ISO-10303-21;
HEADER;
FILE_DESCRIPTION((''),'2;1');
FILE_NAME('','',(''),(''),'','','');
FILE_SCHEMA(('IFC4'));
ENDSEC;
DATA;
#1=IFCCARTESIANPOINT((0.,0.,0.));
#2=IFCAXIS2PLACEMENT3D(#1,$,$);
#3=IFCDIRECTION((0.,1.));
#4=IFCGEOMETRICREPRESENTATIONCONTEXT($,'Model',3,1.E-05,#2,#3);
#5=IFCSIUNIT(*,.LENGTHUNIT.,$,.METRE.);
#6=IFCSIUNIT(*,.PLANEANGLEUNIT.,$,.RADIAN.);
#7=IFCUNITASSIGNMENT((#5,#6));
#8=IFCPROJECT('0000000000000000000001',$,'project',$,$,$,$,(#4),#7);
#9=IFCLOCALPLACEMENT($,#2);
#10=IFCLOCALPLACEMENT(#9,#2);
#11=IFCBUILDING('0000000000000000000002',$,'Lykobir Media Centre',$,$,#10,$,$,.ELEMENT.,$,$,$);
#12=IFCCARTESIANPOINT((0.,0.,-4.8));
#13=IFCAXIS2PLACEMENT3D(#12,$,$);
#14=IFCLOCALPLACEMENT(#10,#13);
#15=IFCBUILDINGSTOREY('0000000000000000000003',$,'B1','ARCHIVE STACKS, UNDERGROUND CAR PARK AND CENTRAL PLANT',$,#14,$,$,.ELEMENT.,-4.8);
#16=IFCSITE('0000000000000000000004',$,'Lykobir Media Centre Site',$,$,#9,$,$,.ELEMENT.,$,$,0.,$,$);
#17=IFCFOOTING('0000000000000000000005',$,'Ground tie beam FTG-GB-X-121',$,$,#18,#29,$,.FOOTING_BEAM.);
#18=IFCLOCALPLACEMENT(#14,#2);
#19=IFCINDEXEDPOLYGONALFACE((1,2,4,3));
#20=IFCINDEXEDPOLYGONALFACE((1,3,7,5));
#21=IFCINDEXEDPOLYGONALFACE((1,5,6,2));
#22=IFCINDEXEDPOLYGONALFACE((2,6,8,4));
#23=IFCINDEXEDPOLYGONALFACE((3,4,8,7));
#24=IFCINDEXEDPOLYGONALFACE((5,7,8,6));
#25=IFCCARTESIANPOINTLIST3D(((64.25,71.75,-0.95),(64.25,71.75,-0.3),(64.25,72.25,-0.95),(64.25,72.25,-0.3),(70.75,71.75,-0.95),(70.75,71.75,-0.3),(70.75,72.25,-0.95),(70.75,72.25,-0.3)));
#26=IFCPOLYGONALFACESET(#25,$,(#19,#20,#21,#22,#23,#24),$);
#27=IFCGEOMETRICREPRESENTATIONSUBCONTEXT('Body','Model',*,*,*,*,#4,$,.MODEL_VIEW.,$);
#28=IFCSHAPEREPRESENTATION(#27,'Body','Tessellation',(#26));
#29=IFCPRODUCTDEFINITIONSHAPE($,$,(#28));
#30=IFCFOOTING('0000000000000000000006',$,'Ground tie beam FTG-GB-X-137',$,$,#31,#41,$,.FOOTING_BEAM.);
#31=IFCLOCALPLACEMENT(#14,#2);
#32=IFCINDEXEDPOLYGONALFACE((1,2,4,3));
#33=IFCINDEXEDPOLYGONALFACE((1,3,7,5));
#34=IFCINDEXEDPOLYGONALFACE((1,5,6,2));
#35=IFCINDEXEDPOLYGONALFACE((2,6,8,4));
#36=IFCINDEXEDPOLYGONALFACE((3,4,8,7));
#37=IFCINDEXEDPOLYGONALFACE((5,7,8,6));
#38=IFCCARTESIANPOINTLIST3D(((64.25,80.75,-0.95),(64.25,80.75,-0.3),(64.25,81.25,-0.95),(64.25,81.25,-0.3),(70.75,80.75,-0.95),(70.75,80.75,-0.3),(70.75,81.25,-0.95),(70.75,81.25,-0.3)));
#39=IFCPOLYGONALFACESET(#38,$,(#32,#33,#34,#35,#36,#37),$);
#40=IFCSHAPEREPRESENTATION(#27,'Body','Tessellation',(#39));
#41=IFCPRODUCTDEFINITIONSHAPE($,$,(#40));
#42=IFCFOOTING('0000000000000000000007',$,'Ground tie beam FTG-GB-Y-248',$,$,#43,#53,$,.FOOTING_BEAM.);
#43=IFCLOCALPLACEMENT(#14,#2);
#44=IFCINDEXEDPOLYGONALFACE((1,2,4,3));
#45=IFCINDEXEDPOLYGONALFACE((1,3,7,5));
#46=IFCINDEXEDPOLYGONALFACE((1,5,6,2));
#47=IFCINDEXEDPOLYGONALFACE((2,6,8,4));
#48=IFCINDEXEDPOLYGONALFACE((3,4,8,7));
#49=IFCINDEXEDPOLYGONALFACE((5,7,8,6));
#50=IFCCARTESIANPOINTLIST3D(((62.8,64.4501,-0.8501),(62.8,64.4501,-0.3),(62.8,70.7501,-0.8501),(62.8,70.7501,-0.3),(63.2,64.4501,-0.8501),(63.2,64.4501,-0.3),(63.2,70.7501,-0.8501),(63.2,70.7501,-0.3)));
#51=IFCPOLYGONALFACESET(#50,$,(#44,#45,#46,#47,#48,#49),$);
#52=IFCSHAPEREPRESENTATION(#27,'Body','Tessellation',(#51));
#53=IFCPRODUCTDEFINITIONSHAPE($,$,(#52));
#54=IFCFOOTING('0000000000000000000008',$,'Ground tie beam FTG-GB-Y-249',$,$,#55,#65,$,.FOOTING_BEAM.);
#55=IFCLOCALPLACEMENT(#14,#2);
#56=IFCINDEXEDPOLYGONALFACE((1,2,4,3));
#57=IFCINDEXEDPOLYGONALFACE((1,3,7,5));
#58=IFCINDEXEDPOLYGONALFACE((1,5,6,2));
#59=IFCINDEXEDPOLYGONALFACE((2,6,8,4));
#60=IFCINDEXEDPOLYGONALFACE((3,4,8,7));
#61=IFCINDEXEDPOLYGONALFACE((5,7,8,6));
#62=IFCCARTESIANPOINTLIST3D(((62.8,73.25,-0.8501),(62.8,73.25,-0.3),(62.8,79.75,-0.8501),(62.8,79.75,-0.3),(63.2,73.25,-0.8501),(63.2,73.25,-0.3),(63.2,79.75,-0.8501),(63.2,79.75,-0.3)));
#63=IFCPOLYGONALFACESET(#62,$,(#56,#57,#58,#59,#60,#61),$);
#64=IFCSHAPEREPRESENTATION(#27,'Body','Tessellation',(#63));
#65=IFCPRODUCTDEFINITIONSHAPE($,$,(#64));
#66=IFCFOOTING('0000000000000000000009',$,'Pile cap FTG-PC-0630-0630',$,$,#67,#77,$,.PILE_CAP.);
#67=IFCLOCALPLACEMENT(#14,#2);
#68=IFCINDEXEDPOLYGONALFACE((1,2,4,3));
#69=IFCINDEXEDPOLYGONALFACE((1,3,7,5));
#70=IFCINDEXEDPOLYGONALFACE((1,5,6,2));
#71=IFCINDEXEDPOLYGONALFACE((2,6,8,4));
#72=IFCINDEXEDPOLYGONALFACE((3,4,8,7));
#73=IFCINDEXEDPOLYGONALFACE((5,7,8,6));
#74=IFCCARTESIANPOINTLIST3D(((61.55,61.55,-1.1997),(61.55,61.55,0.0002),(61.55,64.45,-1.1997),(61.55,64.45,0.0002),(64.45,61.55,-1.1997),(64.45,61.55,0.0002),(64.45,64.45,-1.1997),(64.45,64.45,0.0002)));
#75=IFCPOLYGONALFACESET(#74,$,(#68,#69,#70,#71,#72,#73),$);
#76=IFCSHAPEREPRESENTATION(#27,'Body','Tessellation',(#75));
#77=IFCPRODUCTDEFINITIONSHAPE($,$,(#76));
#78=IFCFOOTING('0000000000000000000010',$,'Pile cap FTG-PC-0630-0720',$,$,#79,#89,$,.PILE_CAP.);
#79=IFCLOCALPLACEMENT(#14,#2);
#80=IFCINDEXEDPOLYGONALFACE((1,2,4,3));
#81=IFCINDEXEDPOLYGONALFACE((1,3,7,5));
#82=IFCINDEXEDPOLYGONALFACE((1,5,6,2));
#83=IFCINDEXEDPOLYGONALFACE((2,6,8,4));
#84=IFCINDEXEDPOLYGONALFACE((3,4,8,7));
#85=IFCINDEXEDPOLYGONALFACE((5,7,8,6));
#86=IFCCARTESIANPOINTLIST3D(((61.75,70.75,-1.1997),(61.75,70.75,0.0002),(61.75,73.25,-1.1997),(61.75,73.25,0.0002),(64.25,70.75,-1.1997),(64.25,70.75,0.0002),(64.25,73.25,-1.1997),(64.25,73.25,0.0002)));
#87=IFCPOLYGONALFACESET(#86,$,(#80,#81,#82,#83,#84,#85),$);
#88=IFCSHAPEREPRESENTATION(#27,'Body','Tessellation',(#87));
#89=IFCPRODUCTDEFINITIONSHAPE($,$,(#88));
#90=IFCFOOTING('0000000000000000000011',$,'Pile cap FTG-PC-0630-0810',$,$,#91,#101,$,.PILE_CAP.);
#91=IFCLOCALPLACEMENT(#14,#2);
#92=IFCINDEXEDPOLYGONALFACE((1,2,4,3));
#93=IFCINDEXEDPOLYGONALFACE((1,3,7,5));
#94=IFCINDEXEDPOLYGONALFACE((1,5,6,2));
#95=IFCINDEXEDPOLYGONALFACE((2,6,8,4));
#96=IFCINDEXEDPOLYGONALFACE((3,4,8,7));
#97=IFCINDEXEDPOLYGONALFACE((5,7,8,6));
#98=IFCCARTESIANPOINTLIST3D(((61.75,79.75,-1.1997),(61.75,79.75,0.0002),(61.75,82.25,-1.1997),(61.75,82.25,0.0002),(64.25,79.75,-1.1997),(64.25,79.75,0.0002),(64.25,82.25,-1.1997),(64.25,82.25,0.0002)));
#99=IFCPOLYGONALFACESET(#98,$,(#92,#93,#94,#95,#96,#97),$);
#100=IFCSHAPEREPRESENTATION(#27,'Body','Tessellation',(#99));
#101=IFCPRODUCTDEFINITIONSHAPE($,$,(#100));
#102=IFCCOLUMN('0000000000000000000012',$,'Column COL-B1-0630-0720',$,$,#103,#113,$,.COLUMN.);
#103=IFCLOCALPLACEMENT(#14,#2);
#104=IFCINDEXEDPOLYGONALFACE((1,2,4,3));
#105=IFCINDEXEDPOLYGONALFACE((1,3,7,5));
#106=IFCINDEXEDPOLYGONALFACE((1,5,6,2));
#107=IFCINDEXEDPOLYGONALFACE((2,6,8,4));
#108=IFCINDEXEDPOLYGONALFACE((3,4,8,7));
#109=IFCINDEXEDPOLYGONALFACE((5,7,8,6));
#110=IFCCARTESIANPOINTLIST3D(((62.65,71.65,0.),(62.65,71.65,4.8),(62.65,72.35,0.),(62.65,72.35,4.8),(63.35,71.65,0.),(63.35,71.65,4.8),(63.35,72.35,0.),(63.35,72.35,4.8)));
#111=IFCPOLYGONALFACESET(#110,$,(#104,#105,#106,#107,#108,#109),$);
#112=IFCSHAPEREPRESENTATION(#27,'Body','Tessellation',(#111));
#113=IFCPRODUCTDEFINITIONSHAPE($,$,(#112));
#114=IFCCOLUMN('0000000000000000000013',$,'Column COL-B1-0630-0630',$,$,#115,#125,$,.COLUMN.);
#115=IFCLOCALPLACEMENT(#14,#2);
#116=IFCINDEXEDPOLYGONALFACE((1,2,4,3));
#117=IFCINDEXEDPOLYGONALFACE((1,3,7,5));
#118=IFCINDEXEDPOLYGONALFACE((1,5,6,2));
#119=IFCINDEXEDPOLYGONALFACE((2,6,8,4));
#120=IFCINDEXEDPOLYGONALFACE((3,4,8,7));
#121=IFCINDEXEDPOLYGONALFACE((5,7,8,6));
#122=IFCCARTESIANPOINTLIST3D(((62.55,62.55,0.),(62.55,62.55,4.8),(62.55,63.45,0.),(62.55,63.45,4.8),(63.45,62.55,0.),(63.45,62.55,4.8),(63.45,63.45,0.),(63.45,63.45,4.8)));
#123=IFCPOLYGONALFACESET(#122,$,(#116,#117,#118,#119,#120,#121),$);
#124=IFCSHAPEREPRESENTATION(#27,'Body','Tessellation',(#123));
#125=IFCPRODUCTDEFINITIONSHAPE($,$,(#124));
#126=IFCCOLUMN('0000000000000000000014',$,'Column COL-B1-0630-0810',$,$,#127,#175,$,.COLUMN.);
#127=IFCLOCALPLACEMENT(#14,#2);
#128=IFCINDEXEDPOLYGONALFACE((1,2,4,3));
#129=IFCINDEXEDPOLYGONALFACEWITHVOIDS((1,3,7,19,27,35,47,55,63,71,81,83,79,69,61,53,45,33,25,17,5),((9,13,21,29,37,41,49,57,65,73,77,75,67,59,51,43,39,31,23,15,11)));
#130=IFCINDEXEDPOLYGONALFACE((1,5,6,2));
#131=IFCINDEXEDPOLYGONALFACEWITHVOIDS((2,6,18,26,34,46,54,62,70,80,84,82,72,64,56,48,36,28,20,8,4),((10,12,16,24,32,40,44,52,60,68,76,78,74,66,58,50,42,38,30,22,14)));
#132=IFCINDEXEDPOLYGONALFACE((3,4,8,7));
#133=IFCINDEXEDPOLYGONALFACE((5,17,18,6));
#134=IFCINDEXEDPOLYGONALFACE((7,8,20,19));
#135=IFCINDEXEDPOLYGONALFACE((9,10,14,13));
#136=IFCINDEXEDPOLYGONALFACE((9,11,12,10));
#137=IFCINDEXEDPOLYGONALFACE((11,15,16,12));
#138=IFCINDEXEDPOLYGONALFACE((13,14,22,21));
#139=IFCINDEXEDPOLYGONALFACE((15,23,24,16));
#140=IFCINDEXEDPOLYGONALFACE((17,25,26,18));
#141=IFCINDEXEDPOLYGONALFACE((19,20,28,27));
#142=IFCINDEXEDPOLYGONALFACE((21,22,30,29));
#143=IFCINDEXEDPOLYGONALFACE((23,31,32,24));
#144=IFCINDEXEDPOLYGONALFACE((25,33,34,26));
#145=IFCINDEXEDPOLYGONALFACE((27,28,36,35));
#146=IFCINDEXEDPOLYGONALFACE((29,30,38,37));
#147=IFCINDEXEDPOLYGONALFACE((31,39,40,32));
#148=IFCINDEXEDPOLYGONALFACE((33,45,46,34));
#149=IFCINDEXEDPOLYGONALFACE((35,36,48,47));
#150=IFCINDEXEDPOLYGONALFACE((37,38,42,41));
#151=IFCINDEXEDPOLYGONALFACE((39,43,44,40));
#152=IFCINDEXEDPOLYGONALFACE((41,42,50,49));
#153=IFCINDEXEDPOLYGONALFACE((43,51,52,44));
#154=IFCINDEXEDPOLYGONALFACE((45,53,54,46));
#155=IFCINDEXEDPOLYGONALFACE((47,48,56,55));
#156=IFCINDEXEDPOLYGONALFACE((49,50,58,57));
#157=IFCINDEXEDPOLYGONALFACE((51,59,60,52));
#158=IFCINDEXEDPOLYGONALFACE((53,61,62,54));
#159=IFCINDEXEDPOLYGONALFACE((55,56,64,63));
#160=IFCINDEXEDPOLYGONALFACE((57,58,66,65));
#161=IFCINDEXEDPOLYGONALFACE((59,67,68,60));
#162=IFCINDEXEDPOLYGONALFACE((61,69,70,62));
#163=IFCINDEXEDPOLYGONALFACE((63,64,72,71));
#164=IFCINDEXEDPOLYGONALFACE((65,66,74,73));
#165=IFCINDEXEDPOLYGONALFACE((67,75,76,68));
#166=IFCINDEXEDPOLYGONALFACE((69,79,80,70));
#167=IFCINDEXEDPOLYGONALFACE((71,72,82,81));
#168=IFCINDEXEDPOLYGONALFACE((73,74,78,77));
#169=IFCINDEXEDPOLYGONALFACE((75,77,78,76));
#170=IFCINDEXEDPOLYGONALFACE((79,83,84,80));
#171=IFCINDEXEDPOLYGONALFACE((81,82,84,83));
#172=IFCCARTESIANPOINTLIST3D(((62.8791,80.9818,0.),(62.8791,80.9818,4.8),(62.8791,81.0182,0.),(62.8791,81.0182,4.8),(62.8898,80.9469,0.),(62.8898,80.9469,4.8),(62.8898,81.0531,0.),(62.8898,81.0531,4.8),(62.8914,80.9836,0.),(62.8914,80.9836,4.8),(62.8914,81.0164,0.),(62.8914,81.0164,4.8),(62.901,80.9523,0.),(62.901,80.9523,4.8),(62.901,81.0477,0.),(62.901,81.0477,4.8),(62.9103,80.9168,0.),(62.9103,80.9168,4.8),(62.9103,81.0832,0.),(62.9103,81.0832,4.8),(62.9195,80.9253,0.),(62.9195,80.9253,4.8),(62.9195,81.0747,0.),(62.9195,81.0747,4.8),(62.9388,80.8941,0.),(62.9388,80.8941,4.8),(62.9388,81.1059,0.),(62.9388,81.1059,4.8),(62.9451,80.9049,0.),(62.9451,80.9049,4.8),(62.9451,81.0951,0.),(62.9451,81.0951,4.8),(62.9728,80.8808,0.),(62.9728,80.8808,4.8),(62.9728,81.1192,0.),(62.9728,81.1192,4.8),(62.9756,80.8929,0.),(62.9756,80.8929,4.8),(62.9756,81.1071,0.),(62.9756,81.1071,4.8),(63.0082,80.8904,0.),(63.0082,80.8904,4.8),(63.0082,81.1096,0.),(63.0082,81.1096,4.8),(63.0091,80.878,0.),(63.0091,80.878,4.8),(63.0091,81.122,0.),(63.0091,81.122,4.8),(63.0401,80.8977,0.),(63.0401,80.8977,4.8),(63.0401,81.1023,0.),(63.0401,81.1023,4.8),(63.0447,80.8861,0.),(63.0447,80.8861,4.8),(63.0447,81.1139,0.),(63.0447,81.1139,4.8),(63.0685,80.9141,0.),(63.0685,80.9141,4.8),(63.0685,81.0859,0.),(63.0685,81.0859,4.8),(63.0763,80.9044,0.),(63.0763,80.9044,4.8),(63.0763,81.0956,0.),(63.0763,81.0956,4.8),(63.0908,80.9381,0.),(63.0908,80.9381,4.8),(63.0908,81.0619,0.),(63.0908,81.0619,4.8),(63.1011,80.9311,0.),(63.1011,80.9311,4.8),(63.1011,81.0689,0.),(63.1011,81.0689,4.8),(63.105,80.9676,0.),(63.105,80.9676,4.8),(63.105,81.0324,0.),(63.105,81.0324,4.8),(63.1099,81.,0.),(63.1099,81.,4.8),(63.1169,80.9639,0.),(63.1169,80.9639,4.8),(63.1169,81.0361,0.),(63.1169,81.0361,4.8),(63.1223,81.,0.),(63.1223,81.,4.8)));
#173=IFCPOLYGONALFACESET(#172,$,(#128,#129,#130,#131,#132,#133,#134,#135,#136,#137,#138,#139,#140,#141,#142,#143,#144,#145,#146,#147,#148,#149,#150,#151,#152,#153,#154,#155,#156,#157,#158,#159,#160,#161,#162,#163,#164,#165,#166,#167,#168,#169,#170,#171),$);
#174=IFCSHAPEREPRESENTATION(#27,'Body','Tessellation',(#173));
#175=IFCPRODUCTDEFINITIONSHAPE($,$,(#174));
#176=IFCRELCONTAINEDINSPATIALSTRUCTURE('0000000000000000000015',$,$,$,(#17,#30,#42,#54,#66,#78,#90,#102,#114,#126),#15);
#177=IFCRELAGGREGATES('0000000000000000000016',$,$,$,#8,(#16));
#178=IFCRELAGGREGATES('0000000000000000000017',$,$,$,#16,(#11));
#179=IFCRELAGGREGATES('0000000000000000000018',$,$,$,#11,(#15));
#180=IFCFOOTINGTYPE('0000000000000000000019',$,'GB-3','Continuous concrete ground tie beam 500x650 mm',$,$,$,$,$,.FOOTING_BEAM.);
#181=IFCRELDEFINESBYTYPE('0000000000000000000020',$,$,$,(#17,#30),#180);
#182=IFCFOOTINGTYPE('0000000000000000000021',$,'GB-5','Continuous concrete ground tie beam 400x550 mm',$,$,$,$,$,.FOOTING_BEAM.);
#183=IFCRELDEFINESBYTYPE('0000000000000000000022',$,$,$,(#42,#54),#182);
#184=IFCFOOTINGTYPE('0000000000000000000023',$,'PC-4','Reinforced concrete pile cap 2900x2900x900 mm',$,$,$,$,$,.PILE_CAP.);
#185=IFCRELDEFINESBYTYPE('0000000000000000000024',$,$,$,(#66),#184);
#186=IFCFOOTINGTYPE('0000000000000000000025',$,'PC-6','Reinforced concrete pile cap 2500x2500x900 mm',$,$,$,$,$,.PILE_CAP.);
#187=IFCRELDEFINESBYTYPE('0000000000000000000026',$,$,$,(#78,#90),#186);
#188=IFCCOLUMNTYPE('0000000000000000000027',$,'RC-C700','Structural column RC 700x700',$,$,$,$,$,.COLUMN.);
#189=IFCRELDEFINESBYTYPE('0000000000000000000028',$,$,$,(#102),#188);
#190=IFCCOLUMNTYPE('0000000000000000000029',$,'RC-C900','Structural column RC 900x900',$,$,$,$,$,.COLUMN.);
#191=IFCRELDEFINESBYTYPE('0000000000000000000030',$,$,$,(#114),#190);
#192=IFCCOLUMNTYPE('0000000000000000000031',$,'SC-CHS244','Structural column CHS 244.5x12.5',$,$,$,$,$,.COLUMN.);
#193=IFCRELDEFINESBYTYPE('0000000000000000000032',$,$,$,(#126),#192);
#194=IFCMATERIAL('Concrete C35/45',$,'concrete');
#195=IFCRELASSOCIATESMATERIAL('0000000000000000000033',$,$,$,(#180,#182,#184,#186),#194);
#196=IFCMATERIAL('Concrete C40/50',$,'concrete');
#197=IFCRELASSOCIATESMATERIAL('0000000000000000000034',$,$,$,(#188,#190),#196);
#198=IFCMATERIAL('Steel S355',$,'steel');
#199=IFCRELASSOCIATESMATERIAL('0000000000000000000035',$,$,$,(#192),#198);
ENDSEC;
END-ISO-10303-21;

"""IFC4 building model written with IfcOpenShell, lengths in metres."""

from ifc_helpers import new_model, si_unit, direction, frame, origin, origin_2d, place, context, subcontext, project, spatial, rectangle, hollow_circle, extrude, material, material_profile, profile_set, type_object, element, save


model = new_model("IFC4")

# Units and contexts
model_context = context("Model", 3, precision=1e-05, world=origin(), true_north=direction((0.0, 1.0)))
body_context = subcontext(model_context, "Body", "Model", "MODEL_VIEW")
ifc_project = project(units=[si_unit("LENGTHUNIT", "METRE"), si_unit("PLANEANGLEUNIT", "RADIAN")], contexts=[model_context])

# Site, building, storey
site_placement = place(None, origin())
site = spatial("IfcSite", under=ifc_project, at=site_placement, Name="Lykobir Media Centre Site", CompositionType="ELEMENT", RefElevation=0.0)
building_placement = place(site_placement, origin())
building = spatial("IfcBuilding", under=site, at=building_placement, Name="Lykobir Media Centre", CompositionType="ELEMENT")
storey_placement = place(building_placement, frame((0.0, 0.0, -4.8)))
storey = spatial("IfcBuildingStorey", under=building, at=storey_placement, Name="B1", Description="ARCHIVE STACKS, UNDERGROUND CAR PARK AND CENTRAL PLANT", CompositionType="ELEMENT", Elevation=-4.8)

# Footings
ifc_material_1 = material(Name="Concrete C35/45", Category="concrete")
footing_type_1 = type_object("IfcFootingType", Name="GB-3", Description="Continuous concrete ground tie beam 500x650 mm", PredefinedType="FOOTING_BEAM", material=ifc_material_1)
for number, where, z_axis, x_axis, name in (
    (1, (67.5, 72.0, -0.95), (0.0, 0.0, 1.0), (1.0, 0.0, 0.0), "Ground tie beam FTG-GB-X-121"),
    (2, (67.5, 81.0, -0.95), (0.0, 0.0, 1.0), (1.0, 0.0, 0.0), "Ground tie beam FTG-GB-X-137"),
):
    element("IfcFooting", number, at=place(storey_placement, frame(where, z_axis=z_axis, x_axis=x_axis)), inside=storey, type_object=footing_type_1, Name=name, PredefinedType="FOOTING_BEAM", context=body_context, shape_type="SweptSolid", body=[
        extrude(rectangle(XDim=6.5, YDim=0.5, at=origin_2d()), origin(), (0.0, 0.0, 1.0), 0.6499),
    ])
footing_type_2 = type_object("IfcFootingType", Name="GB-5", Description="Continuous concrete ground tie beam 400x550 mm", PredefinedType="FOOTING_BEAM", material=ifc_material_1)
footing_1_placement = place(storey_placement, frame((63.0, 67.6001, -0.8501), z_axis=(0.0, 0.0, 1.0), x_axis=(0.0, 1.0, 0.0)))
element("IfcFooting", 3, at=footing_1_placement, inside=storey, type_object=footing_type_2, Name="Ground tie beam FTG-GB-Y-248", PredefinedType="FOOTING_BEAM", context=body_context, shape_type="SweptSolid", body=[
    extrude(rectangle(XDim=6.3, YDim=0.3999, at=origin_2d()), origin(), (0.0, 0.0, 1.0), 0.55),
])
footing_2_placement = place(storey_placement, frame((63.0, 76.5, -0.8501), z_axis=(0.0, 0.0, 1.0), x_axis=(0.0, 1.0, 0.0)))
element("IfcFooting", 4, at=footing_2_placement, inside=storey, type_object=footing_type_2, Name="Ground tie beam FTG-GB-Y-249", PredefinedType="FOOTING_BEAM", context=body_context, shape_type="SweptSolid", body=[
    extrude(rectangle(XDim=6.5, YDim=0.3999, at=origin_2d()), origin(), (0.0, 0.0, 1.0), 0.55),
])
footing_type_3 = type_object("IfcFootingType", Name="PC-4", Description="Reinforced concrete pile cap 2900x2900x900 mm", PredefinedType="PILE_CAP", material=ifc_material_1)
footing_3_placement = place(storey_placement, frame((63.0, 63.0, -1.1997), z_axis=(0.0, 0.0, 1.0), x_axis=(1.0, 0.0, 0.0)))
element("IfcFooting", 5, at=footing_3_placement, inside=storey, type_object=footing_type_3, Name="Pile cap FTG-PC-0630-0630", PredefinedType="PILE_CAP", context=body_context, shape_type="SweptSolid", body=[
    extrude(rectangle(XDim=2.8999, YDim=2.8999, at=origin_2d()), origin(), (0.0, 0.0, 1.0), 1.2),
])
footing_type_4 = type_object("IfcFootingType", Name="PC-6", Description="Reinforced concrete pile cap 2500x2500x900 mm", PredefinedType="PILE_CAP", material=ifc_material_1)
for number, where, z_axis, x_axis, name in (
    (6, (63.0, 72.0, -1.1997), (0.0, 0.0, 1.0), (1.0, 0.0, 0.0), "Pile cap FTG-PC-0630-0720"),
    (7, (63.0, 81.0, -1.1997), (0.0, 0.0, 1.0), (1.0, 0.0, 0.0), "Pile cap FTG-PC-0630-0810"),
):
    element("IfcFooting", number, at=place(storey_placement, frame(where, z_axis=z_axis, x_axis=x_axis)), inside=storey, type_object=footing_type_4, Name=name, PredefinedType="PILE_CAP", context=body_context, shape_type="SweptSolid", body=[
        extrude(rectangle(XDim=2.5, YDim=2.5, at=origin_2d()), origin(), (0.0, 0.0, 1.0), 1.2),
    ])

# Columns
ifc_material_2 = material(Name="Concrete C40/50", Category="concrete")
ifc_material_profile_1 = material_profile(ifc_material_2, rectangle(XDim=0.7, YDim=0.7, at=origin_2d()), Name="RC 700x700")
ifc_profile_set_1 = profile_set([ifc_material_profile_1], Name="Concrete C40/50")
column_type_1 = type_object("IfcColumnType", Name="RC-C700", Description="Structural column RC 700x700", PredefinedType="COLUMN", material=ifc_profile_set_1)
column_1_placement = place(storey_placement, frame((63.0, 72.0, 0.0), z_axis=(0.0, 0.0, 1.0), x_axis=(1.0, 0.0, 0.0)))
element("IfcColumn", 8, at=column_1_placement, inside=storey, type_object=column_type_1, Name="Column COL-B1-0630-0720", PredefinedType="COLUMN", context=body_context, shape_type="SweptSolid", body=[
    extrude(rectangle(XDim=0.7, YDim=0.7, at=origin_2d()), origin(), (0.0, 0.0, 1.0), 4.8),
])
ifc_material_profile_2 = material_profile(ifc_material_2, rectangle(XDim=0.8999, YDim=0.8999, at=origin_2d()), Name="RC 900x900")
ifc_profile_set_2 = profile_set([ifc_material_profile_2], Name="Concrete C40/50")
column_type_2 = type_object("IfcColumnType", Name="RC-C900", Description="Structural column RC 900x900", PredefinedType="COLUMN", material=ifc_profile_set_2)
column_2_placement = place(storey_placement, frame((63.0, 63.0, 0.0), z_axis=(0.0, 0.0, 1.0), x_axis=(1.0, 0.0, 0.0)))
element("IfcColumn", 9, at=column_2_placement, inside=storey, type_object=column_type_2, Name="Column COL-B1-0630-0630", PredefinedType="COLUMN", context=body_context, shape_type="SweptSolid", body=[
    extrude(rectangle(XDim=0.8999, YDim=0.8999, at=origin_2d()), origin(), (0.0, 0.0, 1.0), 4.8),
])
ifc_material_3 = material(Name="Steel S355", Category="steel")
ifc_material_profile_3 = material_profile(ifc_material_3, hollow_circle(Radius=0.1223, WallThickness=0.0125, at=origin_2d()), Name="CHS 244.5x12.5")
ifc_profile_set_3 = profile_set([ifc_material_profile_3], Name="Steel S355")
column_type_3 = type_object("IfcColumnType", Name="SC-CHS244", Description="Structural column CHS 244.5x12.5", PredefinedType="COLUMN", material=ifc_profile_set_3)
column_3_placement = place(storey_placement, frame((63.0, 81.0, 0.0), z_axis=(0.0, 0.0, 1.0), x_axis=(1.0, 0.0, 0.0)))
element("IfcColumn", 10, at=column_3_placement, inside=storey, type_object=column_type_3, Name="Column COL-B1-0630-0810", PredefinedType="COLUMN", context=body_context, shape_type="SweptSolid", body=[
    extrude(hollow_circle(Radius=0.1223, WallThickness=0.0125, at=origin_2d()), origin(), (0.0, 0.0, 1.0), 4.8),
])

save(model, "model.ifc")
